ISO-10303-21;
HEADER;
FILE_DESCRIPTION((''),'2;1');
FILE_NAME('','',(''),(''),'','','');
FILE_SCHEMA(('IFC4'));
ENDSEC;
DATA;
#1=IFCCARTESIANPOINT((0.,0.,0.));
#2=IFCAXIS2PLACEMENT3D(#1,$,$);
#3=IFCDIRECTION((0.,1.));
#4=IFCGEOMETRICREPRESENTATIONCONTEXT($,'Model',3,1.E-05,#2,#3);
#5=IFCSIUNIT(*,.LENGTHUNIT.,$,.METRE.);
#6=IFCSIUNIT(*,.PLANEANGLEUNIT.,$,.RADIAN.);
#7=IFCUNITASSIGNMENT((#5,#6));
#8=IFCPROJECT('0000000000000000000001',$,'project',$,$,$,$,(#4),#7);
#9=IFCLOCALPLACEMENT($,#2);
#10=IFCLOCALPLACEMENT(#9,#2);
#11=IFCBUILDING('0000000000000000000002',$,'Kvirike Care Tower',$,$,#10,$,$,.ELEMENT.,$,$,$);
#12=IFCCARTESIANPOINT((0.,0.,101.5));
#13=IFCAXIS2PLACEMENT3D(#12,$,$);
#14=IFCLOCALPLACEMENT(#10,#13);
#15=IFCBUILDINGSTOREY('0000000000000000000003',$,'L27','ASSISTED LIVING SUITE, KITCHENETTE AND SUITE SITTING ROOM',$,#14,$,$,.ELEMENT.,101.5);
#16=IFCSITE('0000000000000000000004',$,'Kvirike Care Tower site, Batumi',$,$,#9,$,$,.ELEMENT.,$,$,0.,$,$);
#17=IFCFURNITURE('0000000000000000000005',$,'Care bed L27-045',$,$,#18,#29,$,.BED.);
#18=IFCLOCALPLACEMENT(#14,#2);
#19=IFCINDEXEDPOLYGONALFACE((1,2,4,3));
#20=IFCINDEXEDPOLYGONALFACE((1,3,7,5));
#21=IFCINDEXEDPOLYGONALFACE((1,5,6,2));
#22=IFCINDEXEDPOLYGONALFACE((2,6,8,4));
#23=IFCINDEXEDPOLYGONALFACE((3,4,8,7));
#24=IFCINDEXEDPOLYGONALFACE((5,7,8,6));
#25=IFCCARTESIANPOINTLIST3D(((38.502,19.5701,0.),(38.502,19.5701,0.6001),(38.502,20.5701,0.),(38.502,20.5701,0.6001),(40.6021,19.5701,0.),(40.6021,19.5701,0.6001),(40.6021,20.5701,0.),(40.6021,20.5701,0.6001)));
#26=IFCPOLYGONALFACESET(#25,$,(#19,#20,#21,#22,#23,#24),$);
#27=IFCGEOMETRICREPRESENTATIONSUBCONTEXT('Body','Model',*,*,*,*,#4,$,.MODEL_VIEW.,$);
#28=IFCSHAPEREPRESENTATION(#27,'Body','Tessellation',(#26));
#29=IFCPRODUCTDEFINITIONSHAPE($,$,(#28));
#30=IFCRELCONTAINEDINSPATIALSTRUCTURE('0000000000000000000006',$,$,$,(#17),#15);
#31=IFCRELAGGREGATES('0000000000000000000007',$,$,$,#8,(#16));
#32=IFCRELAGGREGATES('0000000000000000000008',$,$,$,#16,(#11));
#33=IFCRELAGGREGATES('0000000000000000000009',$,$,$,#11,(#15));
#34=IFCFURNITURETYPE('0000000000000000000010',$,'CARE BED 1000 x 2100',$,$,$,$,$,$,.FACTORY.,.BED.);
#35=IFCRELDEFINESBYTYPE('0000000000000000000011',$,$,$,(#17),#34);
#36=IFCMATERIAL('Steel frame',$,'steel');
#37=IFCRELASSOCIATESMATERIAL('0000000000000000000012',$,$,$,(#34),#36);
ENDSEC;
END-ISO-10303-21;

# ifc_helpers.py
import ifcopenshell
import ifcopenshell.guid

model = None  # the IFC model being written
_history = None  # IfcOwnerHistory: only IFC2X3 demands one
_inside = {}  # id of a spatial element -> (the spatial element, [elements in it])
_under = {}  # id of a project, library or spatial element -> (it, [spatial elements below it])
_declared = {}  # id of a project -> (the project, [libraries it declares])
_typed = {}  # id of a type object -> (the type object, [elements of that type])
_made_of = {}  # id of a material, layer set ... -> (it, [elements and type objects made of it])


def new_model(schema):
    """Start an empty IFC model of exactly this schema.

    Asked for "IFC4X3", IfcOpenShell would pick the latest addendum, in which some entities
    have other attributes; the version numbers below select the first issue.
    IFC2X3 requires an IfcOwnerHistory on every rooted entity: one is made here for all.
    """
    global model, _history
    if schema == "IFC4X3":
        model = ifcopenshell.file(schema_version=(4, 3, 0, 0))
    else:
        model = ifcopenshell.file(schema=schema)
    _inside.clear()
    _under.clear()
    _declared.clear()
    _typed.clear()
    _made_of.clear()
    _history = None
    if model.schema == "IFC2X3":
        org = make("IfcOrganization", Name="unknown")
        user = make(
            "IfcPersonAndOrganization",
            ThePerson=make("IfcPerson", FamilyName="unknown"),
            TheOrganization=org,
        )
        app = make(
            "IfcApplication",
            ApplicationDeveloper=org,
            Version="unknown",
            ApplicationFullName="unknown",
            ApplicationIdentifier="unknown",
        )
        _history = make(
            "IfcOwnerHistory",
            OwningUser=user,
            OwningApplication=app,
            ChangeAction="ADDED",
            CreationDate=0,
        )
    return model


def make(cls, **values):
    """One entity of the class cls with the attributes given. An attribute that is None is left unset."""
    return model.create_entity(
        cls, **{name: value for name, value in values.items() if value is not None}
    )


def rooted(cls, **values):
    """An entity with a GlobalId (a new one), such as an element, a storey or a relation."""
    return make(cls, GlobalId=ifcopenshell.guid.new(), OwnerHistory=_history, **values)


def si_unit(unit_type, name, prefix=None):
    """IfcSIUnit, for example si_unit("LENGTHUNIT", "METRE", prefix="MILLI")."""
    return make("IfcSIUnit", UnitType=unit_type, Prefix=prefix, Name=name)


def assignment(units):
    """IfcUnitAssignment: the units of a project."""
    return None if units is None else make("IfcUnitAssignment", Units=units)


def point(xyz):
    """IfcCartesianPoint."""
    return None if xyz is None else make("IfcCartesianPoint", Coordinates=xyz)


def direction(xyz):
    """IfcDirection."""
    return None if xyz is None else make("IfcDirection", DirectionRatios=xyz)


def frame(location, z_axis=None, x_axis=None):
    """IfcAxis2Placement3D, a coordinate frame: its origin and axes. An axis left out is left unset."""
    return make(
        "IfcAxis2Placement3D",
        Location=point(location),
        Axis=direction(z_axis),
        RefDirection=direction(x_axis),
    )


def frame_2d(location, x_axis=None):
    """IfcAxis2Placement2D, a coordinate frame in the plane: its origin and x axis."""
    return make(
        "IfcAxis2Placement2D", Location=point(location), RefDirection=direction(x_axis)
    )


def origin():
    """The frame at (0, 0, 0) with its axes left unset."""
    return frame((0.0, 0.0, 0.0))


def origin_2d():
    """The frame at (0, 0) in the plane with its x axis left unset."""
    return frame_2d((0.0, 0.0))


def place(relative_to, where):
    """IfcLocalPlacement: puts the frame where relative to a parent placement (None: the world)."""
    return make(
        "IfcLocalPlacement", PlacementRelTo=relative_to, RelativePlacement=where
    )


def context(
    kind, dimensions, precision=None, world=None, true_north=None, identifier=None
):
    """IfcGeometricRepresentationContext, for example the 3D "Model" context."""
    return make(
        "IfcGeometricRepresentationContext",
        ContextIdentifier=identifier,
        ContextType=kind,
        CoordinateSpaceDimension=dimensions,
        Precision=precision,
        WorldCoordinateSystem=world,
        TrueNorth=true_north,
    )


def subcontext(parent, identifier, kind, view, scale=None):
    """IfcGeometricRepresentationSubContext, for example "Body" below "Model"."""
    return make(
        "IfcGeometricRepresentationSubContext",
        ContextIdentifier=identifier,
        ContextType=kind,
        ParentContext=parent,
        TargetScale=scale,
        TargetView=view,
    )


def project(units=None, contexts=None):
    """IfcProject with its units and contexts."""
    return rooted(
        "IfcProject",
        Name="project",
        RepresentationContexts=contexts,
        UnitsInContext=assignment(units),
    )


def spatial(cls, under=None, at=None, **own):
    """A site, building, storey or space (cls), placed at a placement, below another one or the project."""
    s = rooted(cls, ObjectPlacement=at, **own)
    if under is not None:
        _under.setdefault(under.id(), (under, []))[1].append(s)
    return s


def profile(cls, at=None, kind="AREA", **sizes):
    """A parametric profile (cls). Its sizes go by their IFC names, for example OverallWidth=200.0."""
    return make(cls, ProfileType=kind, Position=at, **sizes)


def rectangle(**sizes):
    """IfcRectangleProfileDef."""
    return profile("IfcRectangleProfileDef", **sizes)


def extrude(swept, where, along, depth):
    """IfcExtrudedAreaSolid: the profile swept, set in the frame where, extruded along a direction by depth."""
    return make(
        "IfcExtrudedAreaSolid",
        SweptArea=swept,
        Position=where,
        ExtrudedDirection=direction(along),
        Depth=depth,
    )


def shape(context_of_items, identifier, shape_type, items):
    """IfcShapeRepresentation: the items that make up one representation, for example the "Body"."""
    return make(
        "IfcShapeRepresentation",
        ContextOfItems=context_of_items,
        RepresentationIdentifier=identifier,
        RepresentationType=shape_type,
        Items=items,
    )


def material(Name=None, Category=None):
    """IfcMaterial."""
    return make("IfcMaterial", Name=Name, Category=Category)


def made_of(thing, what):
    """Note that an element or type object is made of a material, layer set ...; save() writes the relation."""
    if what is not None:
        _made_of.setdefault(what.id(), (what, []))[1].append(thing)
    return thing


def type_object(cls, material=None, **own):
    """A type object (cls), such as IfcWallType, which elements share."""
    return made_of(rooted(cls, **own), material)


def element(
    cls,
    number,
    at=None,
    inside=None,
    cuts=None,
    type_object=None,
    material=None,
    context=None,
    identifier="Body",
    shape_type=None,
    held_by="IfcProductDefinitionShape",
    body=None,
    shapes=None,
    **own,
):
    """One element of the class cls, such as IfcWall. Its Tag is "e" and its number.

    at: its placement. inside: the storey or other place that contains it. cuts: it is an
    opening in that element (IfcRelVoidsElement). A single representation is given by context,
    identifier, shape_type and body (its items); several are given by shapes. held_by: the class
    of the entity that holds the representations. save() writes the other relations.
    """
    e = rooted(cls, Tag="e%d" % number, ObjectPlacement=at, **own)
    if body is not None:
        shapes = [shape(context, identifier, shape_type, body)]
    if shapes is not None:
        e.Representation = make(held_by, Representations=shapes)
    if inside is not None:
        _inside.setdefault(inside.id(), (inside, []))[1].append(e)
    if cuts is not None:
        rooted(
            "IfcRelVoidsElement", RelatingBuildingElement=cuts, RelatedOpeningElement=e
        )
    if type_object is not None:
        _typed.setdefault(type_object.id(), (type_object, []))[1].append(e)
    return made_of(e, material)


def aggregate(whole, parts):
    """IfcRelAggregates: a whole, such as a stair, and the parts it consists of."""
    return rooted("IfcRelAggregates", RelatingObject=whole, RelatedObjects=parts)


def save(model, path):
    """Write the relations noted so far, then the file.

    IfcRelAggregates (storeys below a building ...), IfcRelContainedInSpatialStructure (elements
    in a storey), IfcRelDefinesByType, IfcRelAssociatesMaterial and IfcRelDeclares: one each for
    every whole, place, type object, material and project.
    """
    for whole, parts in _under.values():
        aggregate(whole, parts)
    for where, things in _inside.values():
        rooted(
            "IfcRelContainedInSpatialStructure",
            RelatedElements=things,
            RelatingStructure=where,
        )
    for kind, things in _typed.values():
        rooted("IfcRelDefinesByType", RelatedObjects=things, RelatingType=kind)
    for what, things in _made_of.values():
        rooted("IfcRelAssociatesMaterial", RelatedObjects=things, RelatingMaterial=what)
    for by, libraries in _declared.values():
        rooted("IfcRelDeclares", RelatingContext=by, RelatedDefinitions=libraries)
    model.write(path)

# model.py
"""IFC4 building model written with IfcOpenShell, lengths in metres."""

from ifc_helpers import new_model, si_unit, direction, frame, origin, origin_2d, place, context, subcontext, project, spatial, rectangle, extrude, material, type_object, element, save


model = new_model("IFC4")

# Units and contexts
model_context = context("Model", 3, precision=1e-05, world=origin(), true_north=direction((0.0, 1.0)))
body_context = subcontext(model_context, "Body", "Model", "MODEL_VIEW")
ifc_project = project(units=[si_unit("LENGTHUNIT", "METRE"), si_unit("PLANEANGLEUNIT", "RADIAN")], contexts=[model_context])

# Site, building, storey
site_placement = place(None, origin())
site = spatial("IfcSite", under=ifc_project, at=site_placement, Name="Kvirike Care Tower site, Batumi", CompositionType="ELEMENT", RefElevation=0.0)
building_placement = place(site_placement, origin())
building = spatial("IfcBuilding", under=site, at=building_placement, Name="Kvirike Care Tower", CompositionType="ELEMENT")
storey_placement = place(building_placement, frame((0.0, 0.0, 101.5)))
storey = spatial("IfcBuildingStorey", under=building, at=storey_placement, Name="L27", Description="ASSISTED LIVING SUITE, KITCHENETTE AND SUITE SITTING ROOM", CompositionType="ELEMENT", Elevation=101.5)

# Furniture
ifc_material_1 = material(Name="Steel frame", Category="steel")
furniture_type = type_object("IfcFurnitureType", Name="CARE BED 1000 x 2100", AssemblyPlace="FACTORY", PredefinedType="BED", material=ifc_material_1)
furniture_placement = place(storey_placement, frame((39.552, 20.0701, 0.0), z_axis=(0.0, 0.0, 1.0), x_axis=(0.0, 1.0, 0.0)))
element("IfcFurniture", 1, at=furniture_placement, inside=storey, type_object=furniture_type, Name="Care bed L27-045", PredefinedType="BED", context=body_context, shape_type="SweptSolid", body=[
    extrude(rectangle(XDim=1.0, YDim=2.1001, at=origin_2d()), origin(), (0.0, 0.0, 1.0), 0.6001),
])

save(model, "model.ifc")
